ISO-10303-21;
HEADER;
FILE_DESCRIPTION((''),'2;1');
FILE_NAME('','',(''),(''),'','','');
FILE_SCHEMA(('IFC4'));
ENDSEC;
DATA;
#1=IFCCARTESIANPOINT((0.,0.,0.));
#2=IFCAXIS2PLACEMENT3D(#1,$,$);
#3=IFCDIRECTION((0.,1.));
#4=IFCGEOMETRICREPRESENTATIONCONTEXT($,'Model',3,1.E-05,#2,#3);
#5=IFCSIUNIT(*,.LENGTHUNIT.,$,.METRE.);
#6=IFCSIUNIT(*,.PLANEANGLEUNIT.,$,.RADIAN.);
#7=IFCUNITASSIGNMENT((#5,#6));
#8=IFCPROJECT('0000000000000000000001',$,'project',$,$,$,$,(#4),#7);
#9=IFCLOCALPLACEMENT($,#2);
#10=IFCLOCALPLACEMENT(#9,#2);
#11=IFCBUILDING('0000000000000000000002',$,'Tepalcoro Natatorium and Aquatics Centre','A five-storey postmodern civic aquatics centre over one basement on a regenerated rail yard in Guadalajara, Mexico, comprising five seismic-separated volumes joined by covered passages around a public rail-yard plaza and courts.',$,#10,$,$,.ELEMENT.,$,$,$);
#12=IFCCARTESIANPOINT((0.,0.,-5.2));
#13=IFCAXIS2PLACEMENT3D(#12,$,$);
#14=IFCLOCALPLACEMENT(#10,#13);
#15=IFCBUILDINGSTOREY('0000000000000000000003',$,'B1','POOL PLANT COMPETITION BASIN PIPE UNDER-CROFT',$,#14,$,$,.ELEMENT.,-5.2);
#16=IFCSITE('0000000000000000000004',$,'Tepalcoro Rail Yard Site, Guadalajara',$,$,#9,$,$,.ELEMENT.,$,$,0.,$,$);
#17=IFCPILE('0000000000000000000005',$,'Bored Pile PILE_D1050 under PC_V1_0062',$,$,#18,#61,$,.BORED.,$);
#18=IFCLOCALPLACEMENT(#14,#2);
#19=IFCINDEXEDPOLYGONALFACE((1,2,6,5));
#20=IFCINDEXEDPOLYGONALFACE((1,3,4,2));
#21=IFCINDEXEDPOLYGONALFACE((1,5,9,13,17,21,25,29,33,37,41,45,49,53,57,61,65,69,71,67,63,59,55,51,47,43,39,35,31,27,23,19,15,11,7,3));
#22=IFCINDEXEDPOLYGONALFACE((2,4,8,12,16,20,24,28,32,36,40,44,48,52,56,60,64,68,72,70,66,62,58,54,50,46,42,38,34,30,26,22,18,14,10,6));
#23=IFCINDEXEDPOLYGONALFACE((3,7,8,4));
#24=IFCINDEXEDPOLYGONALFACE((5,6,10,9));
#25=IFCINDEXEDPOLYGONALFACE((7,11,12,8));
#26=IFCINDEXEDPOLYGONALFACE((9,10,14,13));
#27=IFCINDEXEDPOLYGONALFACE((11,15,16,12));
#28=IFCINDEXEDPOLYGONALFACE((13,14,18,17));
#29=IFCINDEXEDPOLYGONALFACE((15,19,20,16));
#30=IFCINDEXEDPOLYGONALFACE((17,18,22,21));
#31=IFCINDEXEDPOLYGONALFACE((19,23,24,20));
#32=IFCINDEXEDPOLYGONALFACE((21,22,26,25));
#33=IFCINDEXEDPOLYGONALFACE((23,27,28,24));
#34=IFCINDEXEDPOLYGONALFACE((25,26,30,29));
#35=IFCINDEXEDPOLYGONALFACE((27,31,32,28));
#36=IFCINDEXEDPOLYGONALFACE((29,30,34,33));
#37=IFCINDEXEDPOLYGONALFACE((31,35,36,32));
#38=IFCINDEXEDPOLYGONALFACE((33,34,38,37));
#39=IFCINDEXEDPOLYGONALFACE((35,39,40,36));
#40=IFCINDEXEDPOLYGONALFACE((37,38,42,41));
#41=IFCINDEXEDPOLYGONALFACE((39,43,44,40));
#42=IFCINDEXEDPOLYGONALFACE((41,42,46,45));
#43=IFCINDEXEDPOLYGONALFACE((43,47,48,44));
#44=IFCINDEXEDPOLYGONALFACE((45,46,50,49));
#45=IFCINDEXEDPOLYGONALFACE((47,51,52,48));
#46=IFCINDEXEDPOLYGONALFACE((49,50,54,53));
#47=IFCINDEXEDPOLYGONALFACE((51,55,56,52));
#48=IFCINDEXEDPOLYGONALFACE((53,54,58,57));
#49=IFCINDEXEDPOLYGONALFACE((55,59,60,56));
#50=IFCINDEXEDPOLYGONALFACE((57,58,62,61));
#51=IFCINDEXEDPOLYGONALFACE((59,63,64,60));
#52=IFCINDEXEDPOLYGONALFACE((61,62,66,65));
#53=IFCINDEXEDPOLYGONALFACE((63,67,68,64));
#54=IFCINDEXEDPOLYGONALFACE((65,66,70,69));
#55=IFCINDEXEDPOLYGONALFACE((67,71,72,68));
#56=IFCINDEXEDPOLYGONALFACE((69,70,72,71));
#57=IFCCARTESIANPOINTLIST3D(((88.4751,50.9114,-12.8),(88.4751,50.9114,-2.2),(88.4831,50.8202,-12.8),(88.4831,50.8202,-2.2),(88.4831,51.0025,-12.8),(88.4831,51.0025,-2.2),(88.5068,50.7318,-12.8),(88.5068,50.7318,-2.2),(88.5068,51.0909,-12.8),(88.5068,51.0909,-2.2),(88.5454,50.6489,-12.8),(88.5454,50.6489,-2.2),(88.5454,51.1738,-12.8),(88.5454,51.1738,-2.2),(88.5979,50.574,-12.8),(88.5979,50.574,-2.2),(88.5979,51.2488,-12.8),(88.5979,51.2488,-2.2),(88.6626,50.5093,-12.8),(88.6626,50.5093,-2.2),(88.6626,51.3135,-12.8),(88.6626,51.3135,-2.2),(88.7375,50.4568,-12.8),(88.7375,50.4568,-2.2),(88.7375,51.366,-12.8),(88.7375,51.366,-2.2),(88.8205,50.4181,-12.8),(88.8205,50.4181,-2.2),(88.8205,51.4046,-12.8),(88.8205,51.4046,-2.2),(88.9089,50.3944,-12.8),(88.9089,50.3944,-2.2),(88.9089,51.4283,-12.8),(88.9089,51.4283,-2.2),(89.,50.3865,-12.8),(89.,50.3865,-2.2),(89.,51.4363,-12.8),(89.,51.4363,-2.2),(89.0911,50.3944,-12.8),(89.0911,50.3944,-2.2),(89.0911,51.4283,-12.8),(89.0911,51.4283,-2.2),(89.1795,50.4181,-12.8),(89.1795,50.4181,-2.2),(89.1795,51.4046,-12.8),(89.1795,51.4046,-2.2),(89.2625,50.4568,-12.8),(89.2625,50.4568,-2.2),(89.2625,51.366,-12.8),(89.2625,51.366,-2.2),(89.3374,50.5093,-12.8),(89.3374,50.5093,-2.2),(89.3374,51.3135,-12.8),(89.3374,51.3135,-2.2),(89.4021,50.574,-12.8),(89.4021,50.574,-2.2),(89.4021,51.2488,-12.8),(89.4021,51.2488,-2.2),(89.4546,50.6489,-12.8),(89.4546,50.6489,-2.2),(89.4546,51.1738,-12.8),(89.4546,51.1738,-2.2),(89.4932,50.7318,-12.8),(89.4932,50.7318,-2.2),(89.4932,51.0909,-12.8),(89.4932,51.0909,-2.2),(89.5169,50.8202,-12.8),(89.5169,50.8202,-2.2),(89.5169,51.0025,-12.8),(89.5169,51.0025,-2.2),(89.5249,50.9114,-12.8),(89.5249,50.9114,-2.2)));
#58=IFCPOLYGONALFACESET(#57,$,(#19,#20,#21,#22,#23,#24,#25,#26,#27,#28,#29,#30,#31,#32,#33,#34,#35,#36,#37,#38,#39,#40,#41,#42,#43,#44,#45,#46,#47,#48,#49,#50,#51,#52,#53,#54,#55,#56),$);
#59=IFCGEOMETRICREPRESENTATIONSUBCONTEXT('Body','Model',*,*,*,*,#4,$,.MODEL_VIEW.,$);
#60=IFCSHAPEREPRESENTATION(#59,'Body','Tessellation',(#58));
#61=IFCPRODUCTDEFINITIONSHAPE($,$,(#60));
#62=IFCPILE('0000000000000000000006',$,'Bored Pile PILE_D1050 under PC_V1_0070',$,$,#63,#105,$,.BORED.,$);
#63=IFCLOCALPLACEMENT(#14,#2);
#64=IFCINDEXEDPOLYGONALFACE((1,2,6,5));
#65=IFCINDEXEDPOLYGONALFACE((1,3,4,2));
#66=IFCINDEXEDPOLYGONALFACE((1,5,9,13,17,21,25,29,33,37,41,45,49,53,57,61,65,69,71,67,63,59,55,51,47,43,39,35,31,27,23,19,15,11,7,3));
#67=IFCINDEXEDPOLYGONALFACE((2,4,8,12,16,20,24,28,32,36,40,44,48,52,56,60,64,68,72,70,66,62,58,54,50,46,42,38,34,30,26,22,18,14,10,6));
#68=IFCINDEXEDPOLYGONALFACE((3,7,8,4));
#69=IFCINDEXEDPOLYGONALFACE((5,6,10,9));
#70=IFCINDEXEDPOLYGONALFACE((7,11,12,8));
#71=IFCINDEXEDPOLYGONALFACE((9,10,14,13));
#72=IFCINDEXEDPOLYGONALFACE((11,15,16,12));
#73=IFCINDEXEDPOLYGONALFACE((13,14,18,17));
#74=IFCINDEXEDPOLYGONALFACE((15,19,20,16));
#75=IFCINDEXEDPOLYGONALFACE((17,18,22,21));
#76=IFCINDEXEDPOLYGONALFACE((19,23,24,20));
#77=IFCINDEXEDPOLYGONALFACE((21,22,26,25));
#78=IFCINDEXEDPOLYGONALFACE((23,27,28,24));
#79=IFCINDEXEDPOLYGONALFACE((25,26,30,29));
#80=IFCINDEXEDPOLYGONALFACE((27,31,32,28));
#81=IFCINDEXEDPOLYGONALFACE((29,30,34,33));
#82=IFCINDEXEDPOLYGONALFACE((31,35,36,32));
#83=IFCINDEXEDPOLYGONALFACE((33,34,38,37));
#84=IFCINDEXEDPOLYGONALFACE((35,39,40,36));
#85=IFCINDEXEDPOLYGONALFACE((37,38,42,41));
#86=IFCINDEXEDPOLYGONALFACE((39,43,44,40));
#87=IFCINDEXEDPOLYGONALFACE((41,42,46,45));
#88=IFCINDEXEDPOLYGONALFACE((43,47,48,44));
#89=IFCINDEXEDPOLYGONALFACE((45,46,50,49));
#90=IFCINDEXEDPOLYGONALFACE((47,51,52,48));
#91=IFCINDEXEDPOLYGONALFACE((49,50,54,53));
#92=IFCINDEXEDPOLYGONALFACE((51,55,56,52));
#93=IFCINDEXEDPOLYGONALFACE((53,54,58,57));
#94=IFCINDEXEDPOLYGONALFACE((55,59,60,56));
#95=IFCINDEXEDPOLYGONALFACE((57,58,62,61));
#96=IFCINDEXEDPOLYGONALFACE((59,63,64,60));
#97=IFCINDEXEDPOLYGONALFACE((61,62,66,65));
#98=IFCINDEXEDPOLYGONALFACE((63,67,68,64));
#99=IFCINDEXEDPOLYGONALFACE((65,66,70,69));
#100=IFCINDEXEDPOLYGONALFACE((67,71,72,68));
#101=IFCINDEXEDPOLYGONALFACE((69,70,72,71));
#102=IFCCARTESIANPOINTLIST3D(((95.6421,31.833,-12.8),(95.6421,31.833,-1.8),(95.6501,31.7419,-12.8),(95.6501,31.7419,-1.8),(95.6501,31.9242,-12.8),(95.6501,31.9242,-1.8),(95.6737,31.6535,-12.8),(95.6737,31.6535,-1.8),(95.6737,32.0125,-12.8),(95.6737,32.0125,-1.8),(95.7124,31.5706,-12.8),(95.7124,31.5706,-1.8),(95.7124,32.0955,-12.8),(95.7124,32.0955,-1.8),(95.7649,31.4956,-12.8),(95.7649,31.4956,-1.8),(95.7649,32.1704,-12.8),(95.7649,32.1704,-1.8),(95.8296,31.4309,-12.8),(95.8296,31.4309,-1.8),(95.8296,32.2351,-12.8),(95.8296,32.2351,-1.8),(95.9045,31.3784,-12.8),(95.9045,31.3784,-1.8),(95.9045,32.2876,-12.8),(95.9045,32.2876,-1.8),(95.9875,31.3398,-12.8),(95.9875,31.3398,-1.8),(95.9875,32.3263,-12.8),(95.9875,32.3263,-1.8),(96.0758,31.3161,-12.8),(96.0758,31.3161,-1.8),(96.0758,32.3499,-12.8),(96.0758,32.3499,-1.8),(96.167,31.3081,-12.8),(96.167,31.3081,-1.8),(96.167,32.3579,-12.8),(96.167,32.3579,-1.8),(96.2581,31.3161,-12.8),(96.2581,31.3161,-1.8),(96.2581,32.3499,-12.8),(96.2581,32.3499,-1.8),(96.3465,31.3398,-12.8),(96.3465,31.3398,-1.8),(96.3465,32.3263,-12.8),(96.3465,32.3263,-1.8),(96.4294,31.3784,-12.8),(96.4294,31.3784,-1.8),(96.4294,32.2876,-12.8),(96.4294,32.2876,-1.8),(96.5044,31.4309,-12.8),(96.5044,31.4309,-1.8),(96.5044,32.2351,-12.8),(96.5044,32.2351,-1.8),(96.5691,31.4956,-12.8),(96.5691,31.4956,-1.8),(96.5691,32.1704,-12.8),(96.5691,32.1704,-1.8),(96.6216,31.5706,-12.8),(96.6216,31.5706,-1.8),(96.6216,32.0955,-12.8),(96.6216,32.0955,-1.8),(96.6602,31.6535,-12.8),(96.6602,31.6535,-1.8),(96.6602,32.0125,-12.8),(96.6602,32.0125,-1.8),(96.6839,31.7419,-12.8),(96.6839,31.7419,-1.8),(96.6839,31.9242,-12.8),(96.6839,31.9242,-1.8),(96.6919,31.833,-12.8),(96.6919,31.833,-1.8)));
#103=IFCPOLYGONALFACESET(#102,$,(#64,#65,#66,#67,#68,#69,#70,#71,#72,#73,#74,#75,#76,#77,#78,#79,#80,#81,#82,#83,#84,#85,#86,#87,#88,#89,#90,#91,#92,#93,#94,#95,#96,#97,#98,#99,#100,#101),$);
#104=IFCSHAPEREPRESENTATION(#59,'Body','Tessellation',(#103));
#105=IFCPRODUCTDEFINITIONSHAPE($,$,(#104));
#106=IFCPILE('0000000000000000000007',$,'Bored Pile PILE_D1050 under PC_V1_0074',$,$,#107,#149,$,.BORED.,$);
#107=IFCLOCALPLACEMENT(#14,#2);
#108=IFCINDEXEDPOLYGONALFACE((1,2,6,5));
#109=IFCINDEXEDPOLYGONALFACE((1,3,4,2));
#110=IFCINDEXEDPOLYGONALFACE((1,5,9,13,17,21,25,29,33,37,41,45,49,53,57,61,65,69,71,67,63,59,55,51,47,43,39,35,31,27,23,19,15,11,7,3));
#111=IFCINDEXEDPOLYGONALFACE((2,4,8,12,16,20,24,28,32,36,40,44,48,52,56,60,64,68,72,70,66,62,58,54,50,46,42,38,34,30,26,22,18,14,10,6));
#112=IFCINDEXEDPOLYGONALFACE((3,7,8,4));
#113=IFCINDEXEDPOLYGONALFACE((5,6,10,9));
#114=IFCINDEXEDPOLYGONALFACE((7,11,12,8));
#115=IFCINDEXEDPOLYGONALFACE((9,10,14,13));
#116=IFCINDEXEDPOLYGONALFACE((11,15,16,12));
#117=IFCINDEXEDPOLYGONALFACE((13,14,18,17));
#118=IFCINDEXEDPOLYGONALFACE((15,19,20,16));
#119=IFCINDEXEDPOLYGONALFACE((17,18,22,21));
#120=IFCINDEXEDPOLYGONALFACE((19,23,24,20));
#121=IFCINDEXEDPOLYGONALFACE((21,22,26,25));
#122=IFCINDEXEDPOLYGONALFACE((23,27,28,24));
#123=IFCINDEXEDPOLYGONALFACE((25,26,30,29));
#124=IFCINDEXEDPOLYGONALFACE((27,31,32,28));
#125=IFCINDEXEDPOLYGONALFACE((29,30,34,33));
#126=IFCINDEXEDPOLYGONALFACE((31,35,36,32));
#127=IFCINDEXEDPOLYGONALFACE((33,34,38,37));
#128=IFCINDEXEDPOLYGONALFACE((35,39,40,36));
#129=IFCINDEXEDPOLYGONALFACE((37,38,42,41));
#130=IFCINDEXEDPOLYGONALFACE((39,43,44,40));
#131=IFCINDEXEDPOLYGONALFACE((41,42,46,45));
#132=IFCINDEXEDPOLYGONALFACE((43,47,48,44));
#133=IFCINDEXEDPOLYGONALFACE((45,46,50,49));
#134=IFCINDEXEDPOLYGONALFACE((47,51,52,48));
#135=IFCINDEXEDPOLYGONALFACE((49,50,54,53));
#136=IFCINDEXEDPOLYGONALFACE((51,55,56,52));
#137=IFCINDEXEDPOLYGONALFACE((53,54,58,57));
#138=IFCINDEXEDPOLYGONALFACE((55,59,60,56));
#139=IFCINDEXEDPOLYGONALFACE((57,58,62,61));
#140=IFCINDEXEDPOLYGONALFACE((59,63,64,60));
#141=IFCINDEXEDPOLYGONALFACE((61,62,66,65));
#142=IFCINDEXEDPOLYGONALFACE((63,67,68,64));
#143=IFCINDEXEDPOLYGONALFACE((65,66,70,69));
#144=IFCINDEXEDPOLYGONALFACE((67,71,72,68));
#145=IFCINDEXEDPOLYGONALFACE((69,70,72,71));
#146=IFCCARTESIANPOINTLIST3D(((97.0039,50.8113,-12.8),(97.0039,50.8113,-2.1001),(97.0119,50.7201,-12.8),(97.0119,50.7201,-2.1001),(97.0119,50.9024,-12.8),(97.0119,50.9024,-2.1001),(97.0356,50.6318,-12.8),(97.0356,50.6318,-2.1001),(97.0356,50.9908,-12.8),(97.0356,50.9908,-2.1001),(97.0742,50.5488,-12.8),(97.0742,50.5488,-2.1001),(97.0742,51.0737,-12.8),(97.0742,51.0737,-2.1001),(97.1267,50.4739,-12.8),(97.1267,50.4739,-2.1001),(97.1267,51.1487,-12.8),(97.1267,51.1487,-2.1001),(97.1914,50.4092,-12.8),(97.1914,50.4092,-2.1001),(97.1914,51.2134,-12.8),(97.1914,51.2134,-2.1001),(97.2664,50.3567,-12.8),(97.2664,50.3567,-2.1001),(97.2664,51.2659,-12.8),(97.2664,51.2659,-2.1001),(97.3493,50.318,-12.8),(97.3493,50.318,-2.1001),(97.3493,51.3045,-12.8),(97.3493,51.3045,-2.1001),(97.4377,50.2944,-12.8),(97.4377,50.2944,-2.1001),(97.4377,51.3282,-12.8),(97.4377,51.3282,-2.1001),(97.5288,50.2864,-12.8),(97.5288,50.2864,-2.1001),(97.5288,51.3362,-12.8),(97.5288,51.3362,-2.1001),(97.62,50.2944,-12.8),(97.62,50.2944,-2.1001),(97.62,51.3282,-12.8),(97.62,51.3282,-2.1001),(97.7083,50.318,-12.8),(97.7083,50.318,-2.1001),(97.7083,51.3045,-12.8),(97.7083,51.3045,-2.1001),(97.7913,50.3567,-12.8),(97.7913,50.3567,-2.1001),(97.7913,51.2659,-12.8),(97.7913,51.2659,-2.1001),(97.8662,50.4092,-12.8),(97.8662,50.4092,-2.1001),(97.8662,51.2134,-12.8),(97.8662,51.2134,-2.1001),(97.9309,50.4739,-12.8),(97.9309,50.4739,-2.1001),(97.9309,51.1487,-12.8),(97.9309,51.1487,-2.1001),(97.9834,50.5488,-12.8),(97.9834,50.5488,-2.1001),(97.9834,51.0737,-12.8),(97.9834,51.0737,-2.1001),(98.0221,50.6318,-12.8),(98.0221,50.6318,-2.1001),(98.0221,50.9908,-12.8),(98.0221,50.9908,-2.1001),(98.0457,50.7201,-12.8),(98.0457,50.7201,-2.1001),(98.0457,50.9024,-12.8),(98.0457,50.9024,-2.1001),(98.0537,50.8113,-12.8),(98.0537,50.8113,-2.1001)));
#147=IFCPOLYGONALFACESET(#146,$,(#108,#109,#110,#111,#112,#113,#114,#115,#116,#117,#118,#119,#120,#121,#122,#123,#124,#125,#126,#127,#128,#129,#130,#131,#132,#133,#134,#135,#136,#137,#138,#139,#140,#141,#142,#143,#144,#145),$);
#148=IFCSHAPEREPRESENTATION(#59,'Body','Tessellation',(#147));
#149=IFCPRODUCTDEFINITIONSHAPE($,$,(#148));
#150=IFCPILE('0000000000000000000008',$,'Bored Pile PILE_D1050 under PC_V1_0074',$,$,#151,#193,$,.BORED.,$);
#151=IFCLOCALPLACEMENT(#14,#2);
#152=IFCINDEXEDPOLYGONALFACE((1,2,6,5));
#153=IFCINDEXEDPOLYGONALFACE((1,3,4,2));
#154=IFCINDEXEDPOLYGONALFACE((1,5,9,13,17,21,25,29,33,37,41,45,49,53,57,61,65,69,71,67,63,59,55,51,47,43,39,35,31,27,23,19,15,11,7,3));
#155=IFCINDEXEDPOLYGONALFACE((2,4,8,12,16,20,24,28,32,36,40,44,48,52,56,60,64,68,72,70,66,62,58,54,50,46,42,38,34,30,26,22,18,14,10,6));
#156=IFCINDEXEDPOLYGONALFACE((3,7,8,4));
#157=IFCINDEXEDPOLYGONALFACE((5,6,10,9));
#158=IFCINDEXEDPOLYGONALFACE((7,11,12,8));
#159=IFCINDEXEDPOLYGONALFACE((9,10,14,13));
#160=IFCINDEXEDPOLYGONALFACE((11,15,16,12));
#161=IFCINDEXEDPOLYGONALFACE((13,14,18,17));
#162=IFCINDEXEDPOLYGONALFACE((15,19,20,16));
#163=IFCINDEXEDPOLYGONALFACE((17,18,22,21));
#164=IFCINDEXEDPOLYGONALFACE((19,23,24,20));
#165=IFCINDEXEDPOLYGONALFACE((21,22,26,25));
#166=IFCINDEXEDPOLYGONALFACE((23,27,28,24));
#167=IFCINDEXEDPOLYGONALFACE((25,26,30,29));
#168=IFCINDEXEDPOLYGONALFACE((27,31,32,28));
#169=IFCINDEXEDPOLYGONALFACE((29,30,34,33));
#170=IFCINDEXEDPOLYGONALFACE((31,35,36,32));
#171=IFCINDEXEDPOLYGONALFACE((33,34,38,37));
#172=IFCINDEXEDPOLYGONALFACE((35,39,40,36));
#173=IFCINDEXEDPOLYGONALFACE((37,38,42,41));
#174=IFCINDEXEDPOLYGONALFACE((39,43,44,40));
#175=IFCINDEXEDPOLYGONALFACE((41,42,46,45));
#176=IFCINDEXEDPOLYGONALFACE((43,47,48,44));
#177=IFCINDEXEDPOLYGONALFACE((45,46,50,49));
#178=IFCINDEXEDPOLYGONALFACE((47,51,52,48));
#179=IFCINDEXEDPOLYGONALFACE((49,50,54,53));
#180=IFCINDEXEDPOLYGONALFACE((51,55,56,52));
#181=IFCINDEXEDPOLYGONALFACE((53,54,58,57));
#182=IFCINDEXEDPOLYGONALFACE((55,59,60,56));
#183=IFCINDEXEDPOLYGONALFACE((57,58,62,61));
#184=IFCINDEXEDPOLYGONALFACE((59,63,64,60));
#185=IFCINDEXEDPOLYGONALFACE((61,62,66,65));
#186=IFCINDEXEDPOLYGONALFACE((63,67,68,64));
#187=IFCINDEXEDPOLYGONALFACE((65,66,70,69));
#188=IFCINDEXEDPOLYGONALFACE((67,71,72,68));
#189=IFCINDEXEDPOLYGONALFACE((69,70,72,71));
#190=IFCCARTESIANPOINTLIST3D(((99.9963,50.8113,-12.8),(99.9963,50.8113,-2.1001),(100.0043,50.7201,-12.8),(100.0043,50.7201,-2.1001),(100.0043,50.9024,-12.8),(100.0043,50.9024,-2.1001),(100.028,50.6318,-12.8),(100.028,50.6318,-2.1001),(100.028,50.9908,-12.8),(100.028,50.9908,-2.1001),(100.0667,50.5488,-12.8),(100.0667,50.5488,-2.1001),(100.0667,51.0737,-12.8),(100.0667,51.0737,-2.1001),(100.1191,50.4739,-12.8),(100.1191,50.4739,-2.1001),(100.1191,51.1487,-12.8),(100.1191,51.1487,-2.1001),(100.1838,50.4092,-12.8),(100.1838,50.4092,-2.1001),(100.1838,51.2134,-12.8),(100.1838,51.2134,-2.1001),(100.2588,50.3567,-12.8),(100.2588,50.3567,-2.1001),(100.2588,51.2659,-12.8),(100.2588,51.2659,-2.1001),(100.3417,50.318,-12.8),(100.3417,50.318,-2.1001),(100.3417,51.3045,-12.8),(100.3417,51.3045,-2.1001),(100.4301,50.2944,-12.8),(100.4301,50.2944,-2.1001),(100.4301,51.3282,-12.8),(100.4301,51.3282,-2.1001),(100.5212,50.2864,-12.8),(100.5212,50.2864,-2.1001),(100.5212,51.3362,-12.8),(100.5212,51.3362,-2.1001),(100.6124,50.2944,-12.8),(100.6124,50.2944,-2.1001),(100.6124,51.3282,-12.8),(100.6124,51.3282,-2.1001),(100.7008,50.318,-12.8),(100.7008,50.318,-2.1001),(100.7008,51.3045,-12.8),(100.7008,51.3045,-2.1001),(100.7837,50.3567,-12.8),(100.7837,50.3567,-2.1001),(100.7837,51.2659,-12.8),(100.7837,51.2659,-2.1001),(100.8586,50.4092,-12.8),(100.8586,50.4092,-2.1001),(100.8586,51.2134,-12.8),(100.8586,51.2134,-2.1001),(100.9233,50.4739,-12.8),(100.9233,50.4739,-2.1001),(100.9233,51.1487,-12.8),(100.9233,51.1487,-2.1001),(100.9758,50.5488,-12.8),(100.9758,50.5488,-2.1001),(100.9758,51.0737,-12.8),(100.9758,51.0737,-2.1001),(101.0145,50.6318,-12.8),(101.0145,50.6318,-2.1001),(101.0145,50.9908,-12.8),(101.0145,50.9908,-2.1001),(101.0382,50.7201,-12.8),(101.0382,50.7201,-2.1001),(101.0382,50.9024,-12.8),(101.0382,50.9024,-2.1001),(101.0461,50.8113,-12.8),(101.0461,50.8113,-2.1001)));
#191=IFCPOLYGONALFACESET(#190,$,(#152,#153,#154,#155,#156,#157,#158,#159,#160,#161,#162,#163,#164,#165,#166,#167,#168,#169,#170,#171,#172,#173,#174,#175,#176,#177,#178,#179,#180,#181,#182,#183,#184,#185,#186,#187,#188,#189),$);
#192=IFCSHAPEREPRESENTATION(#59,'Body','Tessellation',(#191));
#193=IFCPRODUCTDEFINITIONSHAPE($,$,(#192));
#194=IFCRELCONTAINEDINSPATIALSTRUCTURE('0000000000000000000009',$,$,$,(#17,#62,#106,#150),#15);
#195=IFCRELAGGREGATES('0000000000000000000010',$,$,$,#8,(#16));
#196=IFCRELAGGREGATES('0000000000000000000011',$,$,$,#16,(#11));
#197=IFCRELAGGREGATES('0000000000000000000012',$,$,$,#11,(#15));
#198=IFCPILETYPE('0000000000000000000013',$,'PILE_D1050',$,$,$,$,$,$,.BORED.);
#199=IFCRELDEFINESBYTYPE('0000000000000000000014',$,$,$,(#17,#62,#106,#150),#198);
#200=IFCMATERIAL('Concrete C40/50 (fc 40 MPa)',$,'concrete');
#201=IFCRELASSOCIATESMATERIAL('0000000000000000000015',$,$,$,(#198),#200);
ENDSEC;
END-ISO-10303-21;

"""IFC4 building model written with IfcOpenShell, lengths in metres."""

from ifc_helpers import new_model, si_unit, direction, frame, origin, origin_2d, place, context, subcontext, project, spatial, circle, extrude, material, material_profile, profile_set, type_object, element, save


model = new_model("IFC4")

# Units and contexts
model_context = context("Model", 3, precision=1e-05, world=origin(), true_north=direction((0.0, 1.0)))
body_context = subcontext(model_context, "Body", "Model", "MODEL_VIEW")
ifc_project = project(units=[si_unit("LENGTHUNIT", "METRE"), si_unit("PLANEANGLEUNIT", "RADIAN")], contexts=[model_context])

# Site, building, storey
site_placement = place(None, origin())
site = spatial("IfcSite", under=ifc_project, at=site_placement, Name="Tepalcoro Rail Yard Site, Guadalajara", CompositionType="ELEMENT", RefElevation=0.0)
building_placement = place(site_placement, origin())
building = spatial("IfcBuilding", under=site, at=building_placement, Name="Tepalcoro Natatorium and Aquatics Centre", Description="A five-storey postmodern civic aquatics centre over one basement on a regenerated rail yard in Guadalajara, Mexico, comprising five seismic-separated volumes joined by covered passages around a public rail-yard plaza and courts.", CompositionType="ELEMENT")
storey_placement = place(building_placement, frame((0.0, 0.0, -5.2)))
storey = spatial("IfcBuildingStorey", under=building, at=storey_placement, Name="B1", Description="POOL PLANT COMPETITION BASIN PIPE UNDER-CROFT", CompositionType="ELEMENT", Elevation=-5.2)

# Piles
ifc_material_1 = material(Name="Concrete C40/50 (fc 40 MPa)", Category="concrete")
ifc_material_profile_1 = material_profile(ifc_material_1, circle(Radius=0.5249, at=origin_2d()), Name="PILE_D1050")
ifc_profile_set_1 = profile_set([ifc_material_profile_1], Name="Concrete C40/50 (fc 40 MPa)")
pile_type_1 = type_object("IfcPileType", Name="PILE_D1050", PredefinedType="BORED", material=ifc_profile_set_1)
pile_1_placement = place(storey_placement, frame((89.0, 50.9114, -2.2), z_axis=(0.0, 0.0, -1.0), x_axis=(1.0, 0.0, 0.0)))
element("IfcPile", 1, at=pile_1_placement, inside=storey, type_object=pile_type_1, Name="Bored Pile PILE_D1050 under PC_V1_0062", PredefinedType="BORED", context=body_context, shape_type="SweptSolid", body=[
    extrude(circle(Radius=0.5249, at=origin_2d()), origin(), (0.0, 0.0, 1.0), 10.6001),
])
pile_2_placement = place(storey_placement, frame((96.167, 31.833, -1.8), z_axis=(0.0, 0.0, -1.0), x_axis=(1.0, 0.0, 0.0)))
element("IfcPile", 2, at=pile_2_placement, inside=storey, type_object=pile_type_1, Name="Bored Pile PILE_D1050 under PC_V1_0070", PredefinedType="BORED", context=body_context, shape_type="SweptSolid", body=[
    extrude(circle(Radius=0.5249, at=origin_2d()), origin(), (0.0, 0.0, 1.0), 11.0),
])
for number, where, z_axis, x_axis, name in (
    (3, (97.5288, 50.8113, -2.1001), (0.0, 0.0, -1.0), (1.0, 0.0, 0.0), "Bored Pile PILE_D1050 under PC_V1_0074"),
    (4, (100.5212, 50.8113, -2.1001), (0.0, 0.0, -1.0), (1.0, 0.0, 0.0), "Bored Pile PILE_D1050 under PC_V1_0074"),
):
    element("IfcPile", number, at=place(storey_placement, frame(where, z_axis=z_axis, x_axis=x_axis)), inside=storey, type_object=pile_type_1, Name=name, PredefinedType="BORED", context=body_context, shape_type="SweptSolid", body=[
        extrude(circle(Radius=0.5249, at=origin_2d()), origin(), (0.0, 0.0, 1.0), 10.7),
    ])

save(model, "model.ifc")
